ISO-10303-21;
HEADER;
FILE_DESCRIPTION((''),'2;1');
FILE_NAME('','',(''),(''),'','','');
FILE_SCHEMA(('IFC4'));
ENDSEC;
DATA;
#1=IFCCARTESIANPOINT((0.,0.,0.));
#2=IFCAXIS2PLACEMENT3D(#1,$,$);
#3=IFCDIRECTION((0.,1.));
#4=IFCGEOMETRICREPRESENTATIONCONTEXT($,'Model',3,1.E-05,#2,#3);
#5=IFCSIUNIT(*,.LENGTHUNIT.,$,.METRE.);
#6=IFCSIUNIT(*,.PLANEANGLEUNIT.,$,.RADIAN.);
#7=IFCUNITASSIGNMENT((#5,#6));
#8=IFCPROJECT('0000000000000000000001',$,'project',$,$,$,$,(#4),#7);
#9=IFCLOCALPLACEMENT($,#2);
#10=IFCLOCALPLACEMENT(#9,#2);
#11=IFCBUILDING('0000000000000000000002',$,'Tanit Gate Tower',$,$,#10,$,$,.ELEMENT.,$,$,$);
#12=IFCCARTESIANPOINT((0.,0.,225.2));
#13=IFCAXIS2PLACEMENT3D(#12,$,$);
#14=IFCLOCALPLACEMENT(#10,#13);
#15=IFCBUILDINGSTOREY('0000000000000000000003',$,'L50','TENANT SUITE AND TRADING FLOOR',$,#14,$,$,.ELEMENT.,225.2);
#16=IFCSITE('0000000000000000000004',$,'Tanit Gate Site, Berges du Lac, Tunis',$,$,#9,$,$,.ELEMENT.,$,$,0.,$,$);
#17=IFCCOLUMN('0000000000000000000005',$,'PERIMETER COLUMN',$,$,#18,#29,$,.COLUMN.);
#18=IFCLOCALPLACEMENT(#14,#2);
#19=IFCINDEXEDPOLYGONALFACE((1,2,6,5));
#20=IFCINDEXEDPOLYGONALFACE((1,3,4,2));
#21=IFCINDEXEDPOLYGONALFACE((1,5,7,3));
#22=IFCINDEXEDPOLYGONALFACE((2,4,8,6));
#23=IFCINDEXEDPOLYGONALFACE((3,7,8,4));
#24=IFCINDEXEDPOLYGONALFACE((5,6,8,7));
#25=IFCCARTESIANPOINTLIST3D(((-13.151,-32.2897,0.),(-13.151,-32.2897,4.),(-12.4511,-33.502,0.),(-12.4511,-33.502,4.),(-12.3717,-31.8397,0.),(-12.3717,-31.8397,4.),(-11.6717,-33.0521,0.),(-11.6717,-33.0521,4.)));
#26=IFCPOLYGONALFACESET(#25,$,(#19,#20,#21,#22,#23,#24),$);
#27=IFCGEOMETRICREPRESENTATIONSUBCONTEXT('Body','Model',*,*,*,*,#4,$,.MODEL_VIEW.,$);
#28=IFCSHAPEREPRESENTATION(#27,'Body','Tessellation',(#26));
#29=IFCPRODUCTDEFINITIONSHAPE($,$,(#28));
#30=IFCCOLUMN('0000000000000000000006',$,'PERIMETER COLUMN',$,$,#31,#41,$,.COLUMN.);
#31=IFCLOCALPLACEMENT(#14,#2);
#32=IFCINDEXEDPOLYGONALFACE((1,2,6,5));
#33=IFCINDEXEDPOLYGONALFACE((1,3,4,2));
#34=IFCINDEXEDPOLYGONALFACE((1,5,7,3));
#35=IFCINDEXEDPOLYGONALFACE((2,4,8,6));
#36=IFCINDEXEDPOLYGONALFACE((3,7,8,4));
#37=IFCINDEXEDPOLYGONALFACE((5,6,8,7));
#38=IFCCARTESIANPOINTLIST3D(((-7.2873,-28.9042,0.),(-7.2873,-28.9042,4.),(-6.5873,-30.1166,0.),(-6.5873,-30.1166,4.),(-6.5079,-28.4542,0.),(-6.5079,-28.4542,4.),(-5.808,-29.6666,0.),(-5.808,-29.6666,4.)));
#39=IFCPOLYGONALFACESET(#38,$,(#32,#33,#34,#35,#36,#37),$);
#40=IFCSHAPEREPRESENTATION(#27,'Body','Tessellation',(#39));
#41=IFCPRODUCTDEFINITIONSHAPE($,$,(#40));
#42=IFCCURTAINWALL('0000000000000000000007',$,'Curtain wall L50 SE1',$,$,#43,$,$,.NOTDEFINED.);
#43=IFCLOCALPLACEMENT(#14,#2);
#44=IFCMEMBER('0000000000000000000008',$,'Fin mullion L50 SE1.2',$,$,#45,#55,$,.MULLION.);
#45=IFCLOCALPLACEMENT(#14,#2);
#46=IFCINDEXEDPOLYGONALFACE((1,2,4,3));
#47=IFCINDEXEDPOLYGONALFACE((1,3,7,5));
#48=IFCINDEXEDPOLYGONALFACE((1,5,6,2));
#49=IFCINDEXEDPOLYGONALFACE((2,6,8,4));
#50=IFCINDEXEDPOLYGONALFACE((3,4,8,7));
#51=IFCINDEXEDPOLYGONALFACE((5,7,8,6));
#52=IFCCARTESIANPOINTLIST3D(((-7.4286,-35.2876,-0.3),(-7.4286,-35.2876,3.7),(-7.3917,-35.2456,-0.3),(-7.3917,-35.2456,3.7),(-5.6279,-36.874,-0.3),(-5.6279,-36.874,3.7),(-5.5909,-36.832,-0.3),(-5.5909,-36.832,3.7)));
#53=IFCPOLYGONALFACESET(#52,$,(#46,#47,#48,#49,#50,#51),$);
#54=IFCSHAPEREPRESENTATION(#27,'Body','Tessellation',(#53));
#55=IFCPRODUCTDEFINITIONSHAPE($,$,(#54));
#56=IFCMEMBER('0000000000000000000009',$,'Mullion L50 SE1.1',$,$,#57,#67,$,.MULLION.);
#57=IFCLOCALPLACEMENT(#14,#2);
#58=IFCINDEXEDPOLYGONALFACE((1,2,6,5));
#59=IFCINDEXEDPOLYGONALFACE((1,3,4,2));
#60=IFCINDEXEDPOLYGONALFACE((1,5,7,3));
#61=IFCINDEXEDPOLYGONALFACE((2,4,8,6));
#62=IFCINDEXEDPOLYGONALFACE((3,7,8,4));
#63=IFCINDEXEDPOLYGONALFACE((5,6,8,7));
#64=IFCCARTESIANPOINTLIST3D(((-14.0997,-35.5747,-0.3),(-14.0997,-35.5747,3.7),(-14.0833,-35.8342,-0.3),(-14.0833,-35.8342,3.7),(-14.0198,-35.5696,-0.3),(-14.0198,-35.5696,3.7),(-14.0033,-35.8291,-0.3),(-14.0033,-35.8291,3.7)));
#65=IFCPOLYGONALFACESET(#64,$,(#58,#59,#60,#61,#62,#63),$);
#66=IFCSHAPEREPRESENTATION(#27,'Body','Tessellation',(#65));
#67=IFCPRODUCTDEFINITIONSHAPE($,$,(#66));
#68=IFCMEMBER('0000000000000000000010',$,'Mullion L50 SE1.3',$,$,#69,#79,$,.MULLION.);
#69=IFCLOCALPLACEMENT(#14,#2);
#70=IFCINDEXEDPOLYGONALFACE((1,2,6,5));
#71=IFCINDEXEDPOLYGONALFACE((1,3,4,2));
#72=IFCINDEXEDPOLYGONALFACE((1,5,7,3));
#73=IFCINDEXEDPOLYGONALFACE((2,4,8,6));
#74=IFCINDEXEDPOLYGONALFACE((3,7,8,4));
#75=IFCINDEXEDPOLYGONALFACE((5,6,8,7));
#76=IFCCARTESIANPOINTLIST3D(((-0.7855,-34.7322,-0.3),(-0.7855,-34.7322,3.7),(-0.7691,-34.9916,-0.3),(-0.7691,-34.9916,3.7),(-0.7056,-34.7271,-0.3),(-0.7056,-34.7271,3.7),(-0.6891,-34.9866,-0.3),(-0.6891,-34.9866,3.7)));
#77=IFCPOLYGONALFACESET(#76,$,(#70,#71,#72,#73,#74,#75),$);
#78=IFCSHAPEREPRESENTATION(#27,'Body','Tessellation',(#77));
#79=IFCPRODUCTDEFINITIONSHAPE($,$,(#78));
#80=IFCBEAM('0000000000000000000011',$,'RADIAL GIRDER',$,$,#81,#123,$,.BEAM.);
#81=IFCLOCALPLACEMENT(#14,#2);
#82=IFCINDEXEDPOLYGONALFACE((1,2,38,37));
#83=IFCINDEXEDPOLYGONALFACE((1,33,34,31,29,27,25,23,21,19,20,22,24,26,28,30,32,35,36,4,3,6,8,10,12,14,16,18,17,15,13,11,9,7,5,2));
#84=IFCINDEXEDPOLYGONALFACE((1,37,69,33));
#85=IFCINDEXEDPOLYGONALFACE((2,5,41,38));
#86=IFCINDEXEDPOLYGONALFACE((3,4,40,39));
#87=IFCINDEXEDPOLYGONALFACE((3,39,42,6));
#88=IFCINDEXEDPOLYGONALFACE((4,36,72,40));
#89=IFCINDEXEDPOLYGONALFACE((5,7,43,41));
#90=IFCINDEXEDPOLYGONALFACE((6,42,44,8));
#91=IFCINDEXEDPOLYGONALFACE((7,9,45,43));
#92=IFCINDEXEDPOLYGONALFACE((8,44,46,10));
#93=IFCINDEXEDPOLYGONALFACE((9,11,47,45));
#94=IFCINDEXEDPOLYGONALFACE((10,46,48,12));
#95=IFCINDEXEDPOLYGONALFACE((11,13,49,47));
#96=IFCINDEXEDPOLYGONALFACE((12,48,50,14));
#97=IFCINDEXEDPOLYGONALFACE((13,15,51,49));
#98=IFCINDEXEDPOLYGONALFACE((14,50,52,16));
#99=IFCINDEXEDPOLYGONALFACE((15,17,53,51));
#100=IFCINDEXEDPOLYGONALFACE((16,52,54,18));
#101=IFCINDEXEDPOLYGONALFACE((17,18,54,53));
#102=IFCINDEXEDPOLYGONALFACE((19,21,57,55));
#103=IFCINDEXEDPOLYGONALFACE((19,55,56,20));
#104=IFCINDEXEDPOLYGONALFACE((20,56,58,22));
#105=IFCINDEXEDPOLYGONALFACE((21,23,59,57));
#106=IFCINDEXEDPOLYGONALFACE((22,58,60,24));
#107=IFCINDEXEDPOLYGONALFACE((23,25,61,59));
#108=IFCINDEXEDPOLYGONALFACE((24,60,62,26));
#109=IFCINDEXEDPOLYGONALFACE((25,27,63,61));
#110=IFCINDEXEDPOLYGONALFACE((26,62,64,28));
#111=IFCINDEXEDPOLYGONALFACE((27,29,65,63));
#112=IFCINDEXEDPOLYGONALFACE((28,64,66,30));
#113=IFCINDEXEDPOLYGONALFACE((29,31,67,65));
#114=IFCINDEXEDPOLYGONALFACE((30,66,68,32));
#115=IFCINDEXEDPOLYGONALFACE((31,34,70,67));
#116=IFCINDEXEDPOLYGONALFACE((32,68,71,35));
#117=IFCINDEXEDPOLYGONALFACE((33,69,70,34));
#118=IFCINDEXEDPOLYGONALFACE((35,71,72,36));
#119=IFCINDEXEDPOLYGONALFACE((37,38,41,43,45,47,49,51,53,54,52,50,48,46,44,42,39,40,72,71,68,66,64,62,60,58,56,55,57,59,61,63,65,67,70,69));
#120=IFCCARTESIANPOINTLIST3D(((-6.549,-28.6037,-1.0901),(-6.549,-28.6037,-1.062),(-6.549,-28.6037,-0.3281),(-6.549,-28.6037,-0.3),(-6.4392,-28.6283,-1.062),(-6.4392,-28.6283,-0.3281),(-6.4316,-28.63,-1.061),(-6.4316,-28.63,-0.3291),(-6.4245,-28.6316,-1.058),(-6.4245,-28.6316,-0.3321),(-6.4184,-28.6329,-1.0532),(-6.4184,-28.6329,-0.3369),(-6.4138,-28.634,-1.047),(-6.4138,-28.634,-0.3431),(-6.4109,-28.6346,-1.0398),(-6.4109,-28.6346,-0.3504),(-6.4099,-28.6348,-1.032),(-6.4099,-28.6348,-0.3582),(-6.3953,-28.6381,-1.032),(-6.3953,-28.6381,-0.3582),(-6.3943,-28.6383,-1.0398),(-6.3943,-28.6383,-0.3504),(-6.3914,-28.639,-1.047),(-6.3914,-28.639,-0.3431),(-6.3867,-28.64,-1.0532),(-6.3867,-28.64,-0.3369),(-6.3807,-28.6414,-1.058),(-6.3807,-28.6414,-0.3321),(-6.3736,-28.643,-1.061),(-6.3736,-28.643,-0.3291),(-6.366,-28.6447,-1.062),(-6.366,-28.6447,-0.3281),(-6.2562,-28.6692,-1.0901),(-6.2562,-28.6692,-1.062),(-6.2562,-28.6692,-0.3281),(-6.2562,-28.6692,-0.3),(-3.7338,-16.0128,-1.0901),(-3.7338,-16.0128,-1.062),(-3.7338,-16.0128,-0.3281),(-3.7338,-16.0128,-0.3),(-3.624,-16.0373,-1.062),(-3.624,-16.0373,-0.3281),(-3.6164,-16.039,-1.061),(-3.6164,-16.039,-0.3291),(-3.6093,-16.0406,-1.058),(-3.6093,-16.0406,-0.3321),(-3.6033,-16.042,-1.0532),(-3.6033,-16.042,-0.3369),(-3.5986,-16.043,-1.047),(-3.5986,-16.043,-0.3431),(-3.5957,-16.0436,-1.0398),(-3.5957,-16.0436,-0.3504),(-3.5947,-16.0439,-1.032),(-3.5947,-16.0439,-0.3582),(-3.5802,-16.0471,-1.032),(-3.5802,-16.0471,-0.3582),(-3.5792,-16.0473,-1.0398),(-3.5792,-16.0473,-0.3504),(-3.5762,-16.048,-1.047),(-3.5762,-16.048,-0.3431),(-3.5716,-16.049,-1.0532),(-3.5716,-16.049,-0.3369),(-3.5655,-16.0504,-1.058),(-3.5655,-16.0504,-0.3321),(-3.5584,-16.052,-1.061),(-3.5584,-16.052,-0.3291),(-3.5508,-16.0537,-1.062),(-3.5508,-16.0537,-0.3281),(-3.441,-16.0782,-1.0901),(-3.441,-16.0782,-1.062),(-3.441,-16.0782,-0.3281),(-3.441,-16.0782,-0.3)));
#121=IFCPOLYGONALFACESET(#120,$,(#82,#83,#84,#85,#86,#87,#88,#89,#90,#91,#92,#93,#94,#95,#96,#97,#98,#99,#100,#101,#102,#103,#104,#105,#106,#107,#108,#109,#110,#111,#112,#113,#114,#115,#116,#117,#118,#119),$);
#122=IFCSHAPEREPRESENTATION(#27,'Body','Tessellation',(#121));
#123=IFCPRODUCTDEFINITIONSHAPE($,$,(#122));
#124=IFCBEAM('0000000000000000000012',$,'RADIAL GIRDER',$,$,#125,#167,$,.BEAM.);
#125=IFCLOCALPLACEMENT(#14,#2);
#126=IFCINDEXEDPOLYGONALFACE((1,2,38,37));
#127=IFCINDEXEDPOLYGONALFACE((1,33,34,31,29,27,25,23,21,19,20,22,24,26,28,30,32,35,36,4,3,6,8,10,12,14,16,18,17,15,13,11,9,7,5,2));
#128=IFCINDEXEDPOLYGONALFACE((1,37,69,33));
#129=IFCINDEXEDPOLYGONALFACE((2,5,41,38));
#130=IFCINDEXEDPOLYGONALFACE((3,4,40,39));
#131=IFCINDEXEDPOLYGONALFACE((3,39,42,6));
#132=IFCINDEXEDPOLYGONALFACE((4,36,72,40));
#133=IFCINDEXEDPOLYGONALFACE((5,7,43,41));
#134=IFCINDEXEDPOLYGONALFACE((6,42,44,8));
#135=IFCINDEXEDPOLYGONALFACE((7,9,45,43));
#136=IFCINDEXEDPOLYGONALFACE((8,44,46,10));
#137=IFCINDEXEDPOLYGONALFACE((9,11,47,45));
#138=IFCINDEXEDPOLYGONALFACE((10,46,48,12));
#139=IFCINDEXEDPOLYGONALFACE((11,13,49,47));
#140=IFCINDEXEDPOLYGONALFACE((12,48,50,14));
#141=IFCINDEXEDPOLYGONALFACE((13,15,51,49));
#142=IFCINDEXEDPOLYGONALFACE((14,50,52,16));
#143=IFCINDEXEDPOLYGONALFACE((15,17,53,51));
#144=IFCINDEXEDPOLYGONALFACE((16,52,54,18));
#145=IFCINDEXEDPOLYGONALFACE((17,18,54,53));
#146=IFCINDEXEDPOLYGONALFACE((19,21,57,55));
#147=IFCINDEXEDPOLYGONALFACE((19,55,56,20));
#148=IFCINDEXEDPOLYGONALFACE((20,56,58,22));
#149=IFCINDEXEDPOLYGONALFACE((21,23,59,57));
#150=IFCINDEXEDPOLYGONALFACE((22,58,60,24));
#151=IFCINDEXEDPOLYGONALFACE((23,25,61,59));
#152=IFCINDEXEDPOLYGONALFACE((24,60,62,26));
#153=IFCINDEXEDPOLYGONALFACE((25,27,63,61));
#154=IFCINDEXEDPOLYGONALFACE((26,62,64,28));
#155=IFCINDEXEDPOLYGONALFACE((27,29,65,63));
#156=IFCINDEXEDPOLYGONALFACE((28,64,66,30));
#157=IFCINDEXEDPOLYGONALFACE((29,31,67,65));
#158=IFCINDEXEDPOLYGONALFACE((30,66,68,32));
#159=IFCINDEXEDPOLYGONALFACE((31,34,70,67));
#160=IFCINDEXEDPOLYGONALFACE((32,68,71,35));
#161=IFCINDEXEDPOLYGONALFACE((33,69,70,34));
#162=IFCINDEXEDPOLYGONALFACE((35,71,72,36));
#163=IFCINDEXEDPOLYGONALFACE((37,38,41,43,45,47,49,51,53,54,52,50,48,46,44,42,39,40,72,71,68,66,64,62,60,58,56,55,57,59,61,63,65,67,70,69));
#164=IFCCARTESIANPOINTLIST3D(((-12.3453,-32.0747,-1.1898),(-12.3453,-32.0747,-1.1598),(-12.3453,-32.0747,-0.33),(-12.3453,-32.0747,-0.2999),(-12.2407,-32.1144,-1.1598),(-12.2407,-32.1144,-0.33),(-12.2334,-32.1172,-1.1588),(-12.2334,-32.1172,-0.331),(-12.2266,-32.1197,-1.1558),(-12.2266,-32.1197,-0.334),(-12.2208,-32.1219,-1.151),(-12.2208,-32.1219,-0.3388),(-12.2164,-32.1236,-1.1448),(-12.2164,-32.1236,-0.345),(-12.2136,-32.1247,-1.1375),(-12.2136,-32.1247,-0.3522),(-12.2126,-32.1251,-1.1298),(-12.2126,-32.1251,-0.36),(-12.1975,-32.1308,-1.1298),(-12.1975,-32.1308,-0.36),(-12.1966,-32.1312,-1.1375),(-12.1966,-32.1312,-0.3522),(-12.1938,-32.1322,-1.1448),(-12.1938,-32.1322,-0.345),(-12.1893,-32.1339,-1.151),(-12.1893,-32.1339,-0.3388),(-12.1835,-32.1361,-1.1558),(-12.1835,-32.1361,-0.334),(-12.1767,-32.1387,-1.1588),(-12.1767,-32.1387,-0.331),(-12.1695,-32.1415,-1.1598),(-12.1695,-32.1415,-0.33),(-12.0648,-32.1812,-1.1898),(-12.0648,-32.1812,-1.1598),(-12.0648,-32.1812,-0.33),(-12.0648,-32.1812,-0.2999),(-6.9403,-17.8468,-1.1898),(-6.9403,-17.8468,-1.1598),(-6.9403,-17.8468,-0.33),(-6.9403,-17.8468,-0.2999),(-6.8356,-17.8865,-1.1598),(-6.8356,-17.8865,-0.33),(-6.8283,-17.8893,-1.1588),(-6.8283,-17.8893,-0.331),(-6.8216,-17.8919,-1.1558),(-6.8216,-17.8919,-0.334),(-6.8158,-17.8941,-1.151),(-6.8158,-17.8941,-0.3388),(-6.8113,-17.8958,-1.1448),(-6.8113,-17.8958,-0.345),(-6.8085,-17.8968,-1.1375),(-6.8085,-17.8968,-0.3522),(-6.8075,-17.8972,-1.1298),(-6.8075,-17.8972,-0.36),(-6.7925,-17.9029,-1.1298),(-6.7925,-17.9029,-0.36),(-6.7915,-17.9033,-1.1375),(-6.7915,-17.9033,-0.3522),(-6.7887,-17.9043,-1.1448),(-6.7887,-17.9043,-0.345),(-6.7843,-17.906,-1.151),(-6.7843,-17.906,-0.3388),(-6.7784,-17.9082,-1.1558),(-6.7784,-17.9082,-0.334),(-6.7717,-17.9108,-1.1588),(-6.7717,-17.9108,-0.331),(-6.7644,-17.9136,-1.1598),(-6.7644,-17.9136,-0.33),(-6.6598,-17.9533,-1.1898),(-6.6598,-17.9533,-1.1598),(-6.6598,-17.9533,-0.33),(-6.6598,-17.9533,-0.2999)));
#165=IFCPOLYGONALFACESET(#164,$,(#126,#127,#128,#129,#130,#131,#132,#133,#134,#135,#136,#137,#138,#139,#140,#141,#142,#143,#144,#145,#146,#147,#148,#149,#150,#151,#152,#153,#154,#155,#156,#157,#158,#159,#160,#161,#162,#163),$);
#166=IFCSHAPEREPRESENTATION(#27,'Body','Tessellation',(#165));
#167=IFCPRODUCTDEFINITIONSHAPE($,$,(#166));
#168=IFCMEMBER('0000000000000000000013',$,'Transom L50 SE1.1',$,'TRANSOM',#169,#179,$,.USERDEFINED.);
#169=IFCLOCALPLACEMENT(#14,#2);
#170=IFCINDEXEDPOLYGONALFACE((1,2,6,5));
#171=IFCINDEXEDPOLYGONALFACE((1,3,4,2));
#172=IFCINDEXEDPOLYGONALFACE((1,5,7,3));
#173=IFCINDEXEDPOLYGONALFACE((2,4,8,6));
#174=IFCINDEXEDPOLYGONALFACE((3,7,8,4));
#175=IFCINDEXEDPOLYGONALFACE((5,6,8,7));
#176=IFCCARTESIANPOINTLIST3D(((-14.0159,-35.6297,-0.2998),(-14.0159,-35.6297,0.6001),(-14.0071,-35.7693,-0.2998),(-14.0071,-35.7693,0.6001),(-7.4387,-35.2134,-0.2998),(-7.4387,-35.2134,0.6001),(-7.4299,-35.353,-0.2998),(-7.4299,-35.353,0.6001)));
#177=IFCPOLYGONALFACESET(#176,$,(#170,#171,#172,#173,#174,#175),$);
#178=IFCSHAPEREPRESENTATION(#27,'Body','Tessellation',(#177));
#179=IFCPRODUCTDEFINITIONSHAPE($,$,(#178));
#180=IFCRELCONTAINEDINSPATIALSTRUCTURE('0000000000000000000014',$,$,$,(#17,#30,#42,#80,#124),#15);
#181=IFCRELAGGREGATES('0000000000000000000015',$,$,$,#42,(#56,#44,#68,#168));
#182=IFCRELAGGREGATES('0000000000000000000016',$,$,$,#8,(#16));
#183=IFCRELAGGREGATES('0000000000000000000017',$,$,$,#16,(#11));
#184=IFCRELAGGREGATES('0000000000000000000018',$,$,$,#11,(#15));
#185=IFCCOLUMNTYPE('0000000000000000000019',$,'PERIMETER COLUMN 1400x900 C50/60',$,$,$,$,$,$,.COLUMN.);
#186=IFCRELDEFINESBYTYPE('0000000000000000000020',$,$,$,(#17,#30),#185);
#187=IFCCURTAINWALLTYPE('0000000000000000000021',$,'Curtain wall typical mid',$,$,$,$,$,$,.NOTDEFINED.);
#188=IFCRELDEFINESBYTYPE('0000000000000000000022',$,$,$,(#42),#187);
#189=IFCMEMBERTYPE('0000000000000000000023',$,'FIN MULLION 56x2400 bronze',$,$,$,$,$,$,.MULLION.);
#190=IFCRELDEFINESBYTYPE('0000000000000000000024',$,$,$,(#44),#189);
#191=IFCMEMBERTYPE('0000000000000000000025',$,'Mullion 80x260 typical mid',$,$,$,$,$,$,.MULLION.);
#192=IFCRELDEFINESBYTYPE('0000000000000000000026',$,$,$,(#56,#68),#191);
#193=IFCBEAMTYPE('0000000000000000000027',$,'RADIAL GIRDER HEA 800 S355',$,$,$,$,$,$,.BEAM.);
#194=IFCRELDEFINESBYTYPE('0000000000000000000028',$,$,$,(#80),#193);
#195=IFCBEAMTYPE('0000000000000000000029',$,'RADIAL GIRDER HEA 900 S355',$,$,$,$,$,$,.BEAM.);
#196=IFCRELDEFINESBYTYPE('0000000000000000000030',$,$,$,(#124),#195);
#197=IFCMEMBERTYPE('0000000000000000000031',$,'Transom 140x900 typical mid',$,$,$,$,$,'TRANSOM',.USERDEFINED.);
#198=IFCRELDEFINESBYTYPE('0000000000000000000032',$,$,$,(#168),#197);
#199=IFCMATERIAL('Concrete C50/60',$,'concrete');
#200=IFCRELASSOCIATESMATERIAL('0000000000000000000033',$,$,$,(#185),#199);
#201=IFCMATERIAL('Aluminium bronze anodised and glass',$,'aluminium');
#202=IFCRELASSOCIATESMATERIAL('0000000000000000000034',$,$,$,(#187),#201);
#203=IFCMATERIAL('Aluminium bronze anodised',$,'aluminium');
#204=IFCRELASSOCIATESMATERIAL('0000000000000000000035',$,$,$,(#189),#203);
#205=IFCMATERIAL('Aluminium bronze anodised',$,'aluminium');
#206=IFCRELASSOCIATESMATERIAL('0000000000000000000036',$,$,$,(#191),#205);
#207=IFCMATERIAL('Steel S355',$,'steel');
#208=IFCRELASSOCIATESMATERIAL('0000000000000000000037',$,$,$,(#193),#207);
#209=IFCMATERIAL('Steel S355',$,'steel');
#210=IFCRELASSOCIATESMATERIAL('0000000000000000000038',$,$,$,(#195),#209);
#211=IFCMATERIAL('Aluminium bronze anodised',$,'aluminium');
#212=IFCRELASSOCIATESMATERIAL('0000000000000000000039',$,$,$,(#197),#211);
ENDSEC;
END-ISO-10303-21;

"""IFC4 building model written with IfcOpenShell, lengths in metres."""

from ifc_helpers import new_model, si_unit, direction, frame, origin, origin_2d, place, context, subcontext, project, spatial, rectangle, i_section, extrude, material, material_profile, profile_set, type_object, element, aggregate, save


model = new_model("IFC4")

# Units and contexts
model_context = context("Model", 3, precision=1e-05, world=origin(), true_north=direction((0.0, 1.0)))
body_context = subcontext(model_context, "Body", "Model", "MODEL_VIEW")
ifc_project = project(units=[si_unit("LENGTHUNIT", "METRE"), si_unit("PLANEANGLEUNIT", "RADIAN")], contexts=[model_context])

# Site, building, storey
site_placement = place(None, origin())
site = spatial("IfcSite", under=ifc_project, at=site_placement, Name="Tanit Gate Site, Berges du Lac, Tunis", CompositionType="ELEMENT", RefElevation=0.0)
building_placement = place(site_placement, origin())
building = spatial("IfcBuilding", under=site, at=building_placement, Name="Tanit Gate Tower", CompositionType="ELEMENT")
storey_placement = place(building_placement, frame((0.0, 0.0, 225.2)))
storey = spatial("IfcBuildingStorey", under=building, at=storey_placement, Name="L50", Description="TENANT SUITE AND TRADING FLOOR", CompositionType="ELEMENT", Elevation=225.2)

# Columns
ifc_material_1 = material(Name="Concrete C50/60", Category="concrete")
ifc_material_profile_1 = material_profile(ifc_material_1, rectangle(XDim=1.3999, YDim=0.8999, at=origin_2d()), Name="RC 1400x900")
ifc_profile_set_1 = profile_set([ifc_material_profile_1], Name="Concrete C50/60")
column_type = type_object("IfcColumnType", Name="PERIMETER COLUMN 1400x900 C50/60", PredefinedType="COLUMN", material=ifc_profile_set_1)
for number, where, z_axis, x_axis, name in (
    (1, (-12.4114, -32.6709, 0.0), (0.0, 0.0, 1.0), (0.5, -0.866025, 0.0), "PERIMETER COLUMN"),
    (2, (-6.5476, -29.2854, 0.0), (0.0, 0.0, 1.0), (0.5, -0.866025, 0.0), "PERIMETER COLUMN"),
):
    element("IfcColumn", number, at=place(storey_placement, frame(where, z_axis=z_axis, x_axis=x_axis)), inside=storey, type_object=column_type, Name=name, PredefinedType="COLUMN", context=body_context, shape_type="SweptSolid", body=[
        extrude(rectangle(XDim=1.3999, YDim=0.8999, at=origin_2d()), origin(), (0.0, 0.0, 1.0), 4.0),
    ])

# Curtain wall, members
ifc_material_2 = material(Name="Aluminium bronze anodised and glass", Category="aluminium")
curtain_wall_type = type_object("IfcCurtainWallType", Name="Curtain wall typical mid", PredefinedType="NOTDEFINED", material=ifc_material_2)
curtain_wall_placement = place(storey_placement, origin())
curtain_wall = element("IfcCurtainWall", 3, at=curtain_wall_placement, inside=storey, type_object=curtain_wall_type, Name="Curtain wall L50 SE1", PredefinedType="NOTDEFINED")
ifc_material_3 = material(Name="Aluminium bronze anodised", Category="aluminium")
ifc_material_profile_2 = material_profile(ifc_material_3, rectangle(XDim=2.3999, YDim=0.0559, at=origin_2d()), Name="56x2400 bronze fin mullion")
ifc_profile_set_2 = profile_set([ifc_material_profile_2], Name="Aluminium bronze anodised")
member_type_1 = type_object("IfcMemberType", Name="FIN MULLION 56x2400 bronze", PredefinedType="MULLION", material=ifc_profile_set_2)
member_1_placement = place(storey_placement, frame((-6.5098, -36.0598, -0.3), z_axis=(0.0, 0.0, 1.0), x_axis=(-0.750355, 0.661035, 0.0)))
member_1 = element("IfcMember", 4, at=member_1_placement, type_object=member_type_1, Name="Fin mullion L50 SE1.2", PredefinedType="MULLION", context=body_context, shape_type="SweptSolid", body=[
    extrude(rectangle(XDim=2.3999, YDim=0.0559, at=origin_2d()), origin(), (0.0, 0.0, 1.0), 4.0),
])
ifc_material_4 = material(Name="Aluminium bronze anodised", Category="aluminium")
ifc_material_profile_3 = material_profile(ifc_material_4, rectangle(XDim=0.26, YDim=0.0801, at=origin_2d()), Name="80x260 bronze mullion")
ifc_profile_set_3 = profile_set([ifc_material_profile_3], Name="Aluminium bronze anodised")
member_type_2 = type_object("IfcMemberType", Name="Mullion 80x260 typical mid", PredefinedType="MULLION", material=ifc_profile_set_3)
member_2_placement = place(storey_placement, frame((-14.0515, -35.7019, -0.3), z_axis=(0.0, 0.0, 1.0), x_axis=(-0.063159, 0.998003, 0.0)))
member_2 = element("IfcMember", 5, at=member_2_placement, type_object=member_type_2, Name="Mullion L50 SE1.1", PredefinedType="MULLION", context=body_context, shape_type="SweptSolid", body=[
    extrude(rectangle(XDim=0.26, YDim=0.0801, at=origin_2d()), origin(), (0.0, 0.0, 1.0), 4.0),
])
member_3_placement = place(storey_placement, frame((-0.7373, -34.8594, -0.3), z_axis=(0.0, 0.0, 1.0), x_axis=(-0.063159, 0.998003, 0.0)))
member_3 = element("IfcMember", 6, at=member_3_placement, type_object=member_type_2, Name="Mullion L50 SE1.3", PredefinedType="MULLION", context=body_context, shape_type="SweptSolid", body=[
    extrude(rectangle(XDim=0.26, YDim=0.0801, at=origin_2d()), origin(), (0.0, 0.0, 1.0), 4.0),
])

# Beams
ifc_material_5 = material(Name="Steel S355", Category="steel")
ifc_material_profile_4 = material_profile(ifc_material_5, i_section(OverallWidth=0.3, OverallDepth=0.79, WebThickness=0.0149, FlangeThickness=0.0281, FilletRadius=0.03, at=origin_2d()), Name="HEA 800")
ifc_profile_set_4 = profile_set([ifc_material_profile_4], Name="Steel S355")
beam_type_1 = type_object("IfcBeamType", Name="RADIAL GIRDER HEA 800 S355", PredefinedType="BEAM", material=ifc_profile_set_4)
beam_1_placement = place(storey_placement, frame((-6.4026, -28.6365, -0.6951), z_axis=(0.218199, 0.975904, 0.0), x_axis=(-0.975904, 0.218199, 0.0)))
element("IfcBeam", 7, at=beam_1_placement, inside=storey, type_object=beam_type_1, Name="RADIAL GIRDER", PredefinedType="BEAM", context=body_context, shape_type="SweptSolid", body=[
    extrude(i_section(OverallWidth=0.3, OverallDepth=0.79, WebThickness=0.0149, FlangeThickness=0.0281, FilletRadius=0.03, at=origin_2d()), origin(), (0.0, 0.0, 1.0), 12.9019),
])
ifc_material_6 = material(Name="Steel S355", Category="steel")
ifc_material_profile_5 = material_profile(ifc_material_6, i_section(OverallWidth=0.3, OverallDepth=0.8899, WebThickness=0.0161, FlangeThickness=0.03, FilletRadius=0.03, at=origin_2d()), Name="HEA 900")
ifc_profile_set_5 = profile_set([ifc_material_profile_5], Name="Steel S355")
beam_type_2 = type_object("IfcBeamType", Name="RADIAL GIRDER HEA 900 S355", PredefinedType="BEAM", material=ifc_profile_set_5)
beam_2_placement = place(storey_placement, frame((-12.2051, -32.1279, -0.7449), z_axis=(0.35513, 0.934817, 0.0), x_axis=(-0.934817, 0.35513, 0.0)))
element("IfcBeam", 8, at=beam_2_placement, inside=storey, type_object=beam_type_2, Name="RADIAL GIRDER", PredefinedType="BEAM", context=body_context, shape_type="SweptSolid", body=[
    extrude(i_section(OverallWidth=0.3, OverallDepth=0.8899, WebThickness=0.0161, FlangeThickness=0.03, FilletRadius=0.03, at=origin_2d()), origin(), (0.0, 0.0, 1.0), 15.22),
])

# Member
ifc_material_7 = material(Name="Aluminium bronze anodised", Category="aluminium")
ifc_material_profile_6 = material_profile(ifc_material_7, rectangle(XDim=0.1399, YDim=0.8999, at=origin_2d()), Name="140x900 bronze transom")
ifc_profile_set_6 = profile_set([ifc_material_profile_6], Name="Aluminium bronze anodised")
member_type_3 = type_object("IfcMemberType", Name="Transom 140x900 typical mid", ElementType="TRANSOM", PredefinedType="USERDEFINED", material=ifc_profile_set_6)
member_4_placement = place(storey_placement, frame((-14.0115, -35.6995, 0.1501), z_axis=(0.998003, 0.063162, 0.0), x_axis=(-0.063162, 0.998003, 0.0)))
member_4 = element("IfcMember", 9, at=member_4_placement, type_object=member_type_3, Name="Transom L50 SE1.1", ObjectType="TRANSOM", PredefinedType="USERDEFINED", context=body_context, shape_type="SweptSolid", body=[
    extrude(rectangle(XDim=0.1399, YDim=0.8999, at=origin_2d()), origin(), (0.0, 0.0, 1.0), 6.5903),
])

aggregate(curtain_wall, [member_2, member_1, member_3, member_4])

save(model, "model.ifc")
